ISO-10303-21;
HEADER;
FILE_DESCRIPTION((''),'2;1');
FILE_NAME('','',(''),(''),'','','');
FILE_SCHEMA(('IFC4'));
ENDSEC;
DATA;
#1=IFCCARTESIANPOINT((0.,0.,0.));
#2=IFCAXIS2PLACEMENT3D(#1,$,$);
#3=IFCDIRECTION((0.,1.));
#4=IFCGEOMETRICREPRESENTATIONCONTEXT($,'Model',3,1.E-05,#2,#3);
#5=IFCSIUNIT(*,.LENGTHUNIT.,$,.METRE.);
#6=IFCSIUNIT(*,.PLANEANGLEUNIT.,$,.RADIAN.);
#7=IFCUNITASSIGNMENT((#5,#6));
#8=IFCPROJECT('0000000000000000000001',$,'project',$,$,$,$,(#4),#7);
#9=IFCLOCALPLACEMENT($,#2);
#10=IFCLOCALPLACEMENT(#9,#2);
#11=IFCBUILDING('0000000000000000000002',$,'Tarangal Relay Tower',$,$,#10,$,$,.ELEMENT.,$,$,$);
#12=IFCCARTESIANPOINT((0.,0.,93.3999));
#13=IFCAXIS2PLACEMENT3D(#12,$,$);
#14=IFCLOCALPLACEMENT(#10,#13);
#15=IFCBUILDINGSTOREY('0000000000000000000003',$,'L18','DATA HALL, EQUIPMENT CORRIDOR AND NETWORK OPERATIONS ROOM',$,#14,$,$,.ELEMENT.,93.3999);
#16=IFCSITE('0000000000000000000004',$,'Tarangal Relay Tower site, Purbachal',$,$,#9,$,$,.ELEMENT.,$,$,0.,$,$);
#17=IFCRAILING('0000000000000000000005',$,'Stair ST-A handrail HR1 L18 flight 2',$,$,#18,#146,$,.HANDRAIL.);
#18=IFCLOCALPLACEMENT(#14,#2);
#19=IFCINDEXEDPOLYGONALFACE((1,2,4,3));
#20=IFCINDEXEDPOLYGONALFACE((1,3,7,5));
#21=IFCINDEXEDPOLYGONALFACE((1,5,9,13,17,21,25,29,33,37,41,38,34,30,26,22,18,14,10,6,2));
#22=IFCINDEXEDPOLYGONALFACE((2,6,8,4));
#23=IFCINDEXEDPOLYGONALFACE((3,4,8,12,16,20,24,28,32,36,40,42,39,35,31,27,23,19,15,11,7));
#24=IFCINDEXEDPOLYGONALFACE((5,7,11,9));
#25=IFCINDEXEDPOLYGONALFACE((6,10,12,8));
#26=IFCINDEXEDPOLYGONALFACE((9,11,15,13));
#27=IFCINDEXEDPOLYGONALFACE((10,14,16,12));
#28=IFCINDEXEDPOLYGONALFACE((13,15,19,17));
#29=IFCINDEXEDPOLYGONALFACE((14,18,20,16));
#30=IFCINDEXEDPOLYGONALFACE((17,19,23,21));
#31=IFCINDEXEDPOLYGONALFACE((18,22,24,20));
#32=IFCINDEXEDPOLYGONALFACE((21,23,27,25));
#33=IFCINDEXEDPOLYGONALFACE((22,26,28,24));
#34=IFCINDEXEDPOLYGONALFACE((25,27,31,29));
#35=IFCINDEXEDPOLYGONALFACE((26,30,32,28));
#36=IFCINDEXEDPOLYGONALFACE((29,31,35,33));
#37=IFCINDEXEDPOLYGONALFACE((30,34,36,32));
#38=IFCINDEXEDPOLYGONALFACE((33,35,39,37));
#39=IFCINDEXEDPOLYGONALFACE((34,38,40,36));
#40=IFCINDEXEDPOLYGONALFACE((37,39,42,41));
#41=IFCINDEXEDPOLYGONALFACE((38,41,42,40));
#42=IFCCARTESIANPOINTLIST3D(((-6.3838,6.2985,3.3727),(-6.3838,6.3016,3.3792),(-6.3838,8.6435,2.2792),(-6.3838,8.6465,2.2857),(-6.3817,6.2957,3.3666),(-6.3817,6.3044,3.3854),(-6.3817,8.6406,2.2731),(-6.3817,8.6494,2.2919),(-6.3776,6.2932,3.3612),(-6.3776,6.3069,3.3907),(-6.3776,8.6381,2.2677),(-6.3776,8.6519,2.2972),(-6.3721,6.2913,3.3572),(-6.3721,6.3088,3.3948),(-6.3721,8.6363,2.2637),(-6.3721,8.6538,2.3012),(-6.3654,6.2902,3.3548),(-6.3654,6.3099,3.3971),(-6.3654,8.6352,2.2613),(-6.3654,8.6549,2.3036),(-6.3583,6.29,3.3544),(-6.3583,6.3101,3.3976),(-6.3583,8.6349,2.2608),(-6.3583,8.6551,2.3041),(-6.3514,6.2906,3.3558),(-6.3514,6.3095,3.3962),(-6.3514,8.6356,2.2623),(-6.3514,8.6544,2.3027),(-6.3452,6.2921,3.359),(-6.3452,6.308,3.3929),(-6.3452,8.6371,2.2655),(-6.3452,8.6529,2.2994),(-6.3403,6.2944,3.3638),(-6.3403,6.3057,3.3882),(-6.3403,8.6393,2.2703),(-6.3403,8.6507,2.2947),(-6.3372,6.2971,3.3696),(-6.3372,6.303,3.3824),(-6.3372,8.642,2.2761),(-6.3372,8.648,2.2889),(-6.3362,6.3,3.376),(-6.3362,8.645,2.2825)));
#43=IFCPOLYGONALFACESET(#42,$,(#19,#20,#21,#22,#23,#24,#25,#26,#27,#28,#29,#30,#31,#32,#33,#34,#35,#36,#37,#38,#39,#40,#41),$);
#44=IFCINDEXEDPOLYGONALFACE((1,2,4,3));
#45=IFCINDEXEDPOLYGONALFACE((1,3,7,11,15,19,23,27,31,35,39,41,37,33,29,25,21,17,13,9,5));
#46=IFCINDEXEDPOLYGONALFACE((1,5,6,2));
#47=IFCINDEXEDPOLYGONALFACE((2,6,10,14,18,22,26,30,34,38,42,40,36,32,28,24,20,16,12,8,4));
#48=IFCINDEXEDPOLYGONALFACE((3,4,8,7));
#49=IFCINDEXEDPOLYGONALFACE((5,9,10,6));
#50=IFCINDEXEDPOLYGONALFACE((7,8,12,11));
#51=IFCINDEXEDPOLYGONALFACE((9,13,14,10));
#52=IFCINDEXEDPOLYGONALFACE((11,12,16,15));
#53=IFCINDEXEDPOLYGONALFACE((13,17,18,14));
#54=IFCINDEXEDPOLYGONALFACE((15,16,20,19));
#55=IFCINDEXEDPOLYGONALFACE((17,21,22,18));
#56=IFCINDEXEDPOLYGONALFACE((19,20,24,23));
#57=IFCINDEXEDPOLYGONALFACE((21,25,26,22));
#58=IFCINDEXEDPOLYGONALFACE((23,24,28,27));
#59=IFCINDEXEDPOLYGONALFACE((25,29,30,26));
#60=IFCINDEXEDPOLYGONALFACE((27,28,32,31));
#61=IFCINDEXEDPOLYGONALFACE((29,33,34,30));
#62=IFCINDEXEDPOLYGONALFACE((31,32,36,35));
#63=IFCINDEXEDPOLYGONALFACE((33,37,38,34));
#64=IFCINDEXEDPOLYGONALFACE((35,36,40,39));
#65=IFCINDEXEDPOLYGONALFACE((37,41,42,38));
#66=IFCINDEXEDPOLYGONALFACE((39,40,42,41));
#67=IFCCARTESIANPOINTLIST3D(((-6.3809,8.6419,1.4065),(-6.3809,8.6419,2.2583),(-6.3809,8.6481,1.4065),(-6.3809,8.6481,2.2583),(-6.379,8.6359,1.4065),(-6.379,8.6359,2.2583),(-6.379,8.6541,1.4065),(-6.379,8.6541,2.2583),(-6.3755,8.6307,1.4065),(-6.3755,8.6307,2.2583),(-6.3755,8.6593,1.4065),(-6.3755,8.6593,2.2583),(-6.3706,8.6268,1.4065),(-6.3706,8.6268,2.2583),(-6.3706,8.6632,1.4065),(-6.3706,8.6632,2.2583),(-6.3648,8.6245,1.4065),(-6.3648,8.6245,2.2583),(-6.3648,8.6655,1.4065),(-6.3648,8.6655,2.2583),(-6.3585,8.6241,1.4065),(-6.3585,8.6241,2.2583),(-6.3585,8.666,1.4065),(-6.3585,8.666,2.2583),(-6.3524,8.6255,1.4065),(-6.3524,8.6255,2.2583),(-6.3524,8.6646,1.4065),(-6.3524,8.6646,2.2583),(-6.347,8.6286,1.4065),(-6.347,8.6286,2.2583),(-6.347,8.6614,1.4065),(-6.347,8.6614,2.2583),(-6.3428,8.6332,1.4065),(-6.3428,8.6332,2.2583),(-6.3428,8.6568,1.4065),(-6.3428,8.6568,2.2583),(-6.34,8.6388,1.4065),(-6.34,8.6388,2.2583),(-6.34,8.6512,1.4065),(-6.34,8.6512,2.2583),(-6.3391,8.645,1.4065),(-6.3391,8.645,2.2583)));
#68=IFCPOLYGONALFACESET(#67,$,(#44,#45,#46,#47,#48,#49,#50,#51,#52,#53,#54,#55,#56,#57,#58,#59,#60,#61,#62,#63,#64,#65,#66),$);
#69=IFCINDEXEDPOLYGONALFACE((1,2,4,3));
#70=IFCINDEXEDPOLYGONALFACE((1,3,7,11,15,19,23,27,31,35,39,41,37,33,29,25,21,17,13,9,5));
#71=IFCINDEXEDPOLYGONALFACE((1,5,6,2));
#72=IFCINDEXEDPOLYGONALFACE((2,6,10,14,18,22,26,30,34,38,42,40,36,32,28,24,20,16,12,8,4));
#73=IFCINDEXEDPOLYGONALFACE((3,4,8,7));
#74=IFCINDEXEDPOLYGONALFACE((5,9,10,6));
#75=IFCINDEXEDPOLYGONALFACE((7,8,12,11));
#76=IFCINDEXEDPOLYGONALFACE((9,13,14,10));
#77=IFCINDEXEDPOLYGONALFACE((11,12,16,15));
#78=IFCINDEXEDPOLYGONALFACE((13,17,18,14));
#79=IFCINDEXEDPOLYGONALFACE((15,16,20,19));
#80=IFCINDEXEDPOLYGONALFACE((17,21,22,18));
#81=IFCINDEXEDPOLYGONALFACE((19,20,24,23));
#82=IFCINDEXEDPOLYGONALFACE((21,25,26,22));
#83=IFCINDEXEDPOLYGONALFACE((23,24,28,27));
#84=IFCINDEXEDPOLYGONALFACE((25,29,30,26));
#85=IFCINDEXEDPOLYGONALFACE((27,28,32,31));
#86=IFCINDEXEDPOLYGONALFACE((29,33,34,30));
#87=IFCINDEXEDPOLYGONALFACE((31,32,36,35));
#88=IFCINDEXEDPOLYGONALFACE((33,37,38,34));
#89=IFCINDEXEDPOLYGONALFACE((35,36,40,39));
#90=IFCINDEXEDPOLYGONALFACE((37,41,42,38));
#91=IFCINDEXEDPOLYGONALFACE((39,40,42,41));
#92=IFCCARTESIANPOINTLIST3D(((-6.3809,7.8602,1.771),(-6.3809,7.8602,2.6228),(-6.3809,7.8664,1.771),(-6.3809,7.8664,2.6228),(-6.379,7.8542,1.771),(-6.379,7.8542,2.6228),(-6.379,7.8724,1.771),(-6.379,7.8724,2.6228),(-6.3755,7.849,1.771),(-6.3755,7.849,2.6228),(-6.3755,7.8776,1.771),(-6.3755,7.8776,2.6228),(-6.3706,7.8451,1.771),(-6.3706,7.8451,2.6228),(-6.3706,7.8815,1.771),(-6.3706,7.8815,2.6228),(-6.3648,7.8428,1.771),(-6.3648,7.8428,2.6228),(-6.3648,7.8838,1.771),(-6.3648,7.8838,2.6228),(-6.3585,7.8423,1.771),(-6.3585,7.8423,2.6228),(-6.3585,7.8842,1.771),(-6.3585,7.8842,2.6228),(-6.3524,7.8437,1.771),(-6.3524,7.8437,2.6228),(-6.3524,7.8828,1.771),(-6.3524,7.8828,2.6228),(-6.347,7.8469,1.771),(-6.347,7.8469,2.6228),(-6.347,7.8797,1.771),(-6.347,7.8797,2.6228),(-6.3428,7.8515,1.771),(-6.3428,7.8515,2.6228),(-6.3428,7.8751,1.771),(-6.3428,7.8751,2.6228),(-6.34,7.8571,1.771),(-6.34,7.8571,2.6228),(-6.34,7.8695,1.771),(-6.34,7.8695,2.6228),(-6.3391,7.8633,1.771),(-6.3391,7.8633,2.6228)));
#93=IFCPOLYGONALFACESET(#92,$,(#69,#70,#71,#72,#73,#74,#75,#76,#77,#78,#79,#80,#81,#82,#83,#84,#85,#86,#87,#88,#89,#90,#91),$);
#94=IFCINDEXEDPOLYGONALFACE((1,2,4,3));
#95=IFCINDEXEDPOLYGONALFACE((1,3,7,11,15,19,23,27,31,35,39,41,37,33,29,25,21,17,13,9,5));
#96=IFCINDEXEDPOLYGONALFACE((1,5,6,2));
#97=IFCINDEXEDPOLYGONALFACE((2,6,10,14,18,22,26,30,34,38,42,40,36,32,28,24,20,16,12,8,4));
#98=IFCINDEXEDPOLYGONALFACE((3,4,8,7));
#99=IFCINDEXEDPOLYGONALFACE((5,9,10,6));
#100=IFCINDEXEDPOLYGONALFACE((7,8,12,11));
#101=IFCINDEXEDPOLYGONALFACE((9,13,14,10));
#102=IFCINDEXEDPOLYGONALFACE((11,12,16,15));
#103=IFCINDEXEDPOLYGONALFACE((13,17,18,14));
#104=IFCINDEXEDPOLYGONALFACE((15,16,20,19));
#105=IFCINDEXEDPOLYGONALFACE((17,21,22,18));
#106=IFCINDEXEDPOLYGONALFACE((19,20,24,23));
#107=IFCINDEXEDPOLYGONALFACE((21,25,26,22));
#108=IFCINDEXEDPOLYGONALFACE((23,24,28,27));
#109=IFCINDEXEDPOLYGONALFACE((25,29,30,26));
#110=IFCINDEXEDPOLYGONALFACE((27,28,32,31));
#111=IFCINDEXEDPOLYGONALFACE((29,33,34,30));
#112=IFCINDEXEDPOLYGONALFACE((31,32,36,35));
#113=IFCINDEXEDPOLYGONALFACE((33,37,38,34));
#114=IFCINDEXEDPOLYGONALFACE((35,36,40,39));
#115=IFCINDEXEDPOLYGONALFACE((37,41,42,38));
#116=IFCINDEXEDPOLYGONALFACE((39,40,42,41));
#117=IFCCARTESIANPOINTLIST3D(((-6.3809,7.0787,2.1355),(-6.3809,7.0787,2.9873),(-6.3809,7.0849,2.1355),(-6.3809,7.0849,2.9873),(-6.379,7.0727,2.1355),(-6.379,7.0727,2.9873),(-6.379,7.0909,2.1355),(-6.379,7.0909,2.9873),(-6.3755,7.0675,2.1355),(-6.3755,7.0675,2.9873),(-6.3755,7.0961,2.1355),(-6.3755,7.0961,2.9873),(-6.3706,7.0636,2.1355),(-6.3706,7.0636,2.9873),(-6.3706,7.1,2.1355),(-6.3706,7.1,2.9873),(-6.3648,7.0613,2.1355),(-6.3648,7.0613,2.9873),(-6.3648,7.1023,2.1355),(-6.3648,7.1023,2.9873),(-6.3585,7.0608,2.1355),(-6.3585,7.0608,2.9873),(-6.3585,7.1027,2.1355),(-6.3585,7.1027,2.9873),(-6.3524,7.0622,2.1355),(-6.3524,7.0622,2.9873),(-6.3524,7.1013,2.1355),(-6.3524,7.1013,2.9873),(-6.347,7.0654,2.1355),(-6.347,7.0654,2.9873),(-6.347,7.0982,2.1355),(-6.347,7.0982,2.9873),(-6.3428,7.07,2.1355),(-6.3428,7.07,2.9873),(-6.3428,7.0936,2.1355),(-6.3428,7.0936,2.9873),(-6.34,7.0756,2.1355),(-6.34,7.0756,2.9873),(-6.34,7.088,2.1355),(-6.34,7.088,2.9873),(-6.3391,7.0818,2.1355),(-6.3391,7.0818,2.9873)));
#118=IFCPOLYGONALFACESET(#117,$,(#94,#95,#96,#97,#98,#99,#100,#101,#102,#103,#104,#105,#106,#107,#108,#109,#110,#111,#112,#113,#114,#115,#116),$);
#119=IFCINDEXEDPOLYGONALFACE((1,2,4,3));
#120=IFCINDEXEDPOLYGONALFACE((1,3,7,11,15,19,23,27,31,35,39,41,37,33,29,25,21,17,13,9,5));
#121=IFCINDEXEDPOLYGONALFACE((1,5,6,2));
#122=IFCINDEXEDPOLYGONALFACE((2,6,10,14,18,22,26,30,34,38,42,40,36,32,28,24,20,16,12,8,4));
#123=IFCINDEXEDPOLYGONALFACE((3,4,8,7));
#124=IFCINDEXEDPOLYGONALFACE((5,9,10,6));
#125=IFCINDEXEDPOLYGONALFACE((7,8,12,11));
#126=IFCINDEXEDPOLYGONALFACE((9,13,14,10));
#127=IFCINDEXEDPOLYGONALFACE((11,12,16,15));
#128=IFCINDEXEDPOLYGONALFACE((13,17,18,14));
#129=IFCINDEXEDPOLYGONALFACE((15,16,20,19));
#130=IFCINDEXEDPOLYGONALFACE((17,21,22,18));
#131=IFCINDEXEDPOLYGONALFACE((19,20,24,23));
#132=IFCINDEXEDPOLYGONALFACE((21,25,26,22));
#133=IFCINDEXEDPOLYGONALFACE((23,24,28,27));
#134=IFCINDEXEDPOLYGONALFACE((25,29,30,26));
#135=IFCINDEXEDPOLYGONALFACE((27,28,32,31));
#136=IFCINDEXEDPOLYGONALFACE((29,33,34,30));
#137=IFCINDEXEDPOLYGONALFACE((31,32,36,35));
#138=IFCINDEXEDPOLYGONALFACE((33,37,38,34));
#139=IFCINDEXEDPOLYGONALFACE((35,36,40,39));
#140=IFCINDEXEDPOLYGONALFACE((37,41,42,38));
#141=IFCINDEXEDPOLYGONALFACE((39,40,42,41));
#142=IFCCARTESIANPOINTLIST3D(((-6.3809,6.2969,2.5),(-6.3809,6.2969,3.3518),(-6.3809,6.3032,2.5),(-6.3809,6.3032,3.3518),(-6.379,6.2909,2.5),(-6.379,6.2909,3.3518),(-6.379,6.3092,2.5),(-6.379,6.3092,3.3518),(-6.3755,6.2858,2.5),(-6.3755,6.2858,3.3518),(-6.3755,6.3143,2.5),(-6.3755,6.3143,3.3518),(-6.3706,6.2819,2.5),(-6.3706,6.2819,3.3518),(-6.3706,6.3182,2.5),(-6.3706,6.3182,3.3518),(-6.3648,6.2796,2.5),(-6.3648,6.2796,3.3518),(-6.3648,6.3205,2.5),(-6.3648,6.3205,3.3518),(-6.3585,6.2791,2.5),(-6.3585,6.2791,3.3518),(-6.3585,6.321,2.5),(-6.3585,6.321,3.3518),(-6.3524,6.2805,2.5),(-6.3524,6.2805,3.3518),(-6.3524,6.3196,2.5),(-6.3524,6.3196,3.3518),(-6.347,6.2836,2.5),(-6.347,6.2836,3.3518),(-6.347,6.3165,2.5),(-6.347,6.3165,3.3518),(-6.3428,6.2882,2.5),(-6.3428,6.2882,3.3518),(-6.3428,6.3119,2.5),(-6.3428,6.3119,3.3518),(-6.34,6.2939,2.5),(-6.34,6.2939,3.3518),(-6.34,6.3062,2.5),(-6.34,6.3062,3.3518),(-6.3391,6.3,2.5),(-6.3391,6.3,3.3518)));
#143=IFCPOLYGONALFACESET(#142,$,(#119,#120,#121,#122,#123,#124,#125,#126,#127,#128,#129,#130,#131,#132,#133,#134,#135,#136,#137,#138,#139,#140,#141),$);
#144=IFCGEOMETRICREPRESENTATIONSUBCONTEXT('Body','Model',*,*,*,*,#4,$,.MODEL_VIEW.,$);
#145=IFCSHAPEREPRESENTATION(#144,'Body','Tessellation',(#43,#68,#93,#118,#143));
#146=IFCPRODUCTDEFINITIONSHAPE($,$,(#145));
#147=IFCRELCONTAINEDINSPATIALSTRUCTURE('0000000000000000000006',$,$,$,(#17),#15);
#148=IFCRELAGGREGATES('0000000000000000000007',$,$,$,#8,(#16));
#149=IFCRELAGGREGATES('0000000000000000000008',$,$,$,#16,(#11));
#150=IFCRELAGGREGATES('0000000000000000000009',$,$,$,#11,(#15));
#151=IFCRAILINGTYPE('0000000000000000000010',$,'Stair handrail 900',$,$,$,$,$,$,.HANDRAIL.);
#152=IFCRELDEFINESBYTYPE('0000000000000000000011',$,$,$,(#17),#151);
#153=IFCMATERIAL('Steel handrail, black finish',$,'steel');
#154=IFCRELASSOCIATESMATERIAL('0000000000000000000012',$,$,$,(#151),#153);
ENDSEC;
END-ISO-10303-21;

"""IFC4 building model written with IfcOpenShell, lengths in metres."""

from ifc_helpers import new_model, si_unit, direction, frame, origin, origin_2d, place, context, subcontext, project, spatial, circle, extrude, material, type_object, element, save


model = new_model("IFC4")

# Units and contexts
model_context = context("Model", 3, precision=1e-05, world=origin(), true_north=direction((0.0, 1.0)))
body_context = subcontext(model_context, "Body", "Model", "MODEL_VIEW")
ifc_project = project(units=[si_unit("LENGTHUNIT", "METRE"), si_unit("PLANEANGLEUNIT", "RADIAN")], contexts=[model_context])

# Site, building, storey
site_placement = place(None, origin())
site = spatial("IfcSite", under=ifc_project, at=site_placement, Name="Tarangal Relay Tower site, Purbachal", CompositionType="ELEMENT", RefElevation=0.0)
building_placement = place(site_placement, origin())
building = spatial("IfcBuilding", under=site, at=building_placement, Name="Tarangal Relay Tower", CompositionType="ELEMENT")
storey_placement = place(building_placement, frame((0.0, 0.0, 93.3999)))
storey = spatial("IfcBuildingStorey", under=building, at=storey_placement, Name="L18", Description="DATA HALL, EQUIPMENT CORRIDOR AND NETWORK OPERATIONS ROOM", CompositionType="ELEMENT", Elevation=93.3999)

# Railing
ifc_material_1 = material(Name="Steel handrail, black finish", Category="steel")
railing_type_1 = type_object("IfcRailingType", Name="Stair handrail 900", PredefinedType="HANDRAIL", material=ifc_material_1)
for number, where, name in (
    (1, (-6.3601, 8.645, 1.4065), "Stair ST-A handrail HR1 L18 flight 2"),
):
    element("IfcRailing", number, at=place(storey_placement, frame(where)), inside=storey, type_object=railing_type_1, Name=name, PredefinedType="HANDRAIL", context=body_context, shape_type="SweptSolid", body=[
        extrude(circle(Radius=0.0239, at=origin_2d()), frame((0.0, 0.0, 0.876), z_axis=(0.0, -0.906304, 0.422627), x_axis=(1.0, 0.0, 0.0)), (0.0, 0.0, 1.0), 2.5874),
        extrude(circle(Radius=0.021, at=origin_2d()), origin(), (0.0, 0.0, 1.0), 0.8518),
        extrude(circle(Radius=0.021, at=origin_2d()), frame((0.0, -0.7817, 0.3645)), (0.0, 0.0, 1.0), 0.8518),
        extrude(circle(Radius=0.021, at=origin_2d()), frame((0.0, -1.5632, 0.729)), (0.0, 0.0, 1.0), 0.8518),
        extrude(circle(Radius=0.021, at=origin_2d()), frame((0.0, -2.345, 1.0935)), (0.0, 0.0, 1.0), 0.8518),
    ])

save(model, "model.ifc")
